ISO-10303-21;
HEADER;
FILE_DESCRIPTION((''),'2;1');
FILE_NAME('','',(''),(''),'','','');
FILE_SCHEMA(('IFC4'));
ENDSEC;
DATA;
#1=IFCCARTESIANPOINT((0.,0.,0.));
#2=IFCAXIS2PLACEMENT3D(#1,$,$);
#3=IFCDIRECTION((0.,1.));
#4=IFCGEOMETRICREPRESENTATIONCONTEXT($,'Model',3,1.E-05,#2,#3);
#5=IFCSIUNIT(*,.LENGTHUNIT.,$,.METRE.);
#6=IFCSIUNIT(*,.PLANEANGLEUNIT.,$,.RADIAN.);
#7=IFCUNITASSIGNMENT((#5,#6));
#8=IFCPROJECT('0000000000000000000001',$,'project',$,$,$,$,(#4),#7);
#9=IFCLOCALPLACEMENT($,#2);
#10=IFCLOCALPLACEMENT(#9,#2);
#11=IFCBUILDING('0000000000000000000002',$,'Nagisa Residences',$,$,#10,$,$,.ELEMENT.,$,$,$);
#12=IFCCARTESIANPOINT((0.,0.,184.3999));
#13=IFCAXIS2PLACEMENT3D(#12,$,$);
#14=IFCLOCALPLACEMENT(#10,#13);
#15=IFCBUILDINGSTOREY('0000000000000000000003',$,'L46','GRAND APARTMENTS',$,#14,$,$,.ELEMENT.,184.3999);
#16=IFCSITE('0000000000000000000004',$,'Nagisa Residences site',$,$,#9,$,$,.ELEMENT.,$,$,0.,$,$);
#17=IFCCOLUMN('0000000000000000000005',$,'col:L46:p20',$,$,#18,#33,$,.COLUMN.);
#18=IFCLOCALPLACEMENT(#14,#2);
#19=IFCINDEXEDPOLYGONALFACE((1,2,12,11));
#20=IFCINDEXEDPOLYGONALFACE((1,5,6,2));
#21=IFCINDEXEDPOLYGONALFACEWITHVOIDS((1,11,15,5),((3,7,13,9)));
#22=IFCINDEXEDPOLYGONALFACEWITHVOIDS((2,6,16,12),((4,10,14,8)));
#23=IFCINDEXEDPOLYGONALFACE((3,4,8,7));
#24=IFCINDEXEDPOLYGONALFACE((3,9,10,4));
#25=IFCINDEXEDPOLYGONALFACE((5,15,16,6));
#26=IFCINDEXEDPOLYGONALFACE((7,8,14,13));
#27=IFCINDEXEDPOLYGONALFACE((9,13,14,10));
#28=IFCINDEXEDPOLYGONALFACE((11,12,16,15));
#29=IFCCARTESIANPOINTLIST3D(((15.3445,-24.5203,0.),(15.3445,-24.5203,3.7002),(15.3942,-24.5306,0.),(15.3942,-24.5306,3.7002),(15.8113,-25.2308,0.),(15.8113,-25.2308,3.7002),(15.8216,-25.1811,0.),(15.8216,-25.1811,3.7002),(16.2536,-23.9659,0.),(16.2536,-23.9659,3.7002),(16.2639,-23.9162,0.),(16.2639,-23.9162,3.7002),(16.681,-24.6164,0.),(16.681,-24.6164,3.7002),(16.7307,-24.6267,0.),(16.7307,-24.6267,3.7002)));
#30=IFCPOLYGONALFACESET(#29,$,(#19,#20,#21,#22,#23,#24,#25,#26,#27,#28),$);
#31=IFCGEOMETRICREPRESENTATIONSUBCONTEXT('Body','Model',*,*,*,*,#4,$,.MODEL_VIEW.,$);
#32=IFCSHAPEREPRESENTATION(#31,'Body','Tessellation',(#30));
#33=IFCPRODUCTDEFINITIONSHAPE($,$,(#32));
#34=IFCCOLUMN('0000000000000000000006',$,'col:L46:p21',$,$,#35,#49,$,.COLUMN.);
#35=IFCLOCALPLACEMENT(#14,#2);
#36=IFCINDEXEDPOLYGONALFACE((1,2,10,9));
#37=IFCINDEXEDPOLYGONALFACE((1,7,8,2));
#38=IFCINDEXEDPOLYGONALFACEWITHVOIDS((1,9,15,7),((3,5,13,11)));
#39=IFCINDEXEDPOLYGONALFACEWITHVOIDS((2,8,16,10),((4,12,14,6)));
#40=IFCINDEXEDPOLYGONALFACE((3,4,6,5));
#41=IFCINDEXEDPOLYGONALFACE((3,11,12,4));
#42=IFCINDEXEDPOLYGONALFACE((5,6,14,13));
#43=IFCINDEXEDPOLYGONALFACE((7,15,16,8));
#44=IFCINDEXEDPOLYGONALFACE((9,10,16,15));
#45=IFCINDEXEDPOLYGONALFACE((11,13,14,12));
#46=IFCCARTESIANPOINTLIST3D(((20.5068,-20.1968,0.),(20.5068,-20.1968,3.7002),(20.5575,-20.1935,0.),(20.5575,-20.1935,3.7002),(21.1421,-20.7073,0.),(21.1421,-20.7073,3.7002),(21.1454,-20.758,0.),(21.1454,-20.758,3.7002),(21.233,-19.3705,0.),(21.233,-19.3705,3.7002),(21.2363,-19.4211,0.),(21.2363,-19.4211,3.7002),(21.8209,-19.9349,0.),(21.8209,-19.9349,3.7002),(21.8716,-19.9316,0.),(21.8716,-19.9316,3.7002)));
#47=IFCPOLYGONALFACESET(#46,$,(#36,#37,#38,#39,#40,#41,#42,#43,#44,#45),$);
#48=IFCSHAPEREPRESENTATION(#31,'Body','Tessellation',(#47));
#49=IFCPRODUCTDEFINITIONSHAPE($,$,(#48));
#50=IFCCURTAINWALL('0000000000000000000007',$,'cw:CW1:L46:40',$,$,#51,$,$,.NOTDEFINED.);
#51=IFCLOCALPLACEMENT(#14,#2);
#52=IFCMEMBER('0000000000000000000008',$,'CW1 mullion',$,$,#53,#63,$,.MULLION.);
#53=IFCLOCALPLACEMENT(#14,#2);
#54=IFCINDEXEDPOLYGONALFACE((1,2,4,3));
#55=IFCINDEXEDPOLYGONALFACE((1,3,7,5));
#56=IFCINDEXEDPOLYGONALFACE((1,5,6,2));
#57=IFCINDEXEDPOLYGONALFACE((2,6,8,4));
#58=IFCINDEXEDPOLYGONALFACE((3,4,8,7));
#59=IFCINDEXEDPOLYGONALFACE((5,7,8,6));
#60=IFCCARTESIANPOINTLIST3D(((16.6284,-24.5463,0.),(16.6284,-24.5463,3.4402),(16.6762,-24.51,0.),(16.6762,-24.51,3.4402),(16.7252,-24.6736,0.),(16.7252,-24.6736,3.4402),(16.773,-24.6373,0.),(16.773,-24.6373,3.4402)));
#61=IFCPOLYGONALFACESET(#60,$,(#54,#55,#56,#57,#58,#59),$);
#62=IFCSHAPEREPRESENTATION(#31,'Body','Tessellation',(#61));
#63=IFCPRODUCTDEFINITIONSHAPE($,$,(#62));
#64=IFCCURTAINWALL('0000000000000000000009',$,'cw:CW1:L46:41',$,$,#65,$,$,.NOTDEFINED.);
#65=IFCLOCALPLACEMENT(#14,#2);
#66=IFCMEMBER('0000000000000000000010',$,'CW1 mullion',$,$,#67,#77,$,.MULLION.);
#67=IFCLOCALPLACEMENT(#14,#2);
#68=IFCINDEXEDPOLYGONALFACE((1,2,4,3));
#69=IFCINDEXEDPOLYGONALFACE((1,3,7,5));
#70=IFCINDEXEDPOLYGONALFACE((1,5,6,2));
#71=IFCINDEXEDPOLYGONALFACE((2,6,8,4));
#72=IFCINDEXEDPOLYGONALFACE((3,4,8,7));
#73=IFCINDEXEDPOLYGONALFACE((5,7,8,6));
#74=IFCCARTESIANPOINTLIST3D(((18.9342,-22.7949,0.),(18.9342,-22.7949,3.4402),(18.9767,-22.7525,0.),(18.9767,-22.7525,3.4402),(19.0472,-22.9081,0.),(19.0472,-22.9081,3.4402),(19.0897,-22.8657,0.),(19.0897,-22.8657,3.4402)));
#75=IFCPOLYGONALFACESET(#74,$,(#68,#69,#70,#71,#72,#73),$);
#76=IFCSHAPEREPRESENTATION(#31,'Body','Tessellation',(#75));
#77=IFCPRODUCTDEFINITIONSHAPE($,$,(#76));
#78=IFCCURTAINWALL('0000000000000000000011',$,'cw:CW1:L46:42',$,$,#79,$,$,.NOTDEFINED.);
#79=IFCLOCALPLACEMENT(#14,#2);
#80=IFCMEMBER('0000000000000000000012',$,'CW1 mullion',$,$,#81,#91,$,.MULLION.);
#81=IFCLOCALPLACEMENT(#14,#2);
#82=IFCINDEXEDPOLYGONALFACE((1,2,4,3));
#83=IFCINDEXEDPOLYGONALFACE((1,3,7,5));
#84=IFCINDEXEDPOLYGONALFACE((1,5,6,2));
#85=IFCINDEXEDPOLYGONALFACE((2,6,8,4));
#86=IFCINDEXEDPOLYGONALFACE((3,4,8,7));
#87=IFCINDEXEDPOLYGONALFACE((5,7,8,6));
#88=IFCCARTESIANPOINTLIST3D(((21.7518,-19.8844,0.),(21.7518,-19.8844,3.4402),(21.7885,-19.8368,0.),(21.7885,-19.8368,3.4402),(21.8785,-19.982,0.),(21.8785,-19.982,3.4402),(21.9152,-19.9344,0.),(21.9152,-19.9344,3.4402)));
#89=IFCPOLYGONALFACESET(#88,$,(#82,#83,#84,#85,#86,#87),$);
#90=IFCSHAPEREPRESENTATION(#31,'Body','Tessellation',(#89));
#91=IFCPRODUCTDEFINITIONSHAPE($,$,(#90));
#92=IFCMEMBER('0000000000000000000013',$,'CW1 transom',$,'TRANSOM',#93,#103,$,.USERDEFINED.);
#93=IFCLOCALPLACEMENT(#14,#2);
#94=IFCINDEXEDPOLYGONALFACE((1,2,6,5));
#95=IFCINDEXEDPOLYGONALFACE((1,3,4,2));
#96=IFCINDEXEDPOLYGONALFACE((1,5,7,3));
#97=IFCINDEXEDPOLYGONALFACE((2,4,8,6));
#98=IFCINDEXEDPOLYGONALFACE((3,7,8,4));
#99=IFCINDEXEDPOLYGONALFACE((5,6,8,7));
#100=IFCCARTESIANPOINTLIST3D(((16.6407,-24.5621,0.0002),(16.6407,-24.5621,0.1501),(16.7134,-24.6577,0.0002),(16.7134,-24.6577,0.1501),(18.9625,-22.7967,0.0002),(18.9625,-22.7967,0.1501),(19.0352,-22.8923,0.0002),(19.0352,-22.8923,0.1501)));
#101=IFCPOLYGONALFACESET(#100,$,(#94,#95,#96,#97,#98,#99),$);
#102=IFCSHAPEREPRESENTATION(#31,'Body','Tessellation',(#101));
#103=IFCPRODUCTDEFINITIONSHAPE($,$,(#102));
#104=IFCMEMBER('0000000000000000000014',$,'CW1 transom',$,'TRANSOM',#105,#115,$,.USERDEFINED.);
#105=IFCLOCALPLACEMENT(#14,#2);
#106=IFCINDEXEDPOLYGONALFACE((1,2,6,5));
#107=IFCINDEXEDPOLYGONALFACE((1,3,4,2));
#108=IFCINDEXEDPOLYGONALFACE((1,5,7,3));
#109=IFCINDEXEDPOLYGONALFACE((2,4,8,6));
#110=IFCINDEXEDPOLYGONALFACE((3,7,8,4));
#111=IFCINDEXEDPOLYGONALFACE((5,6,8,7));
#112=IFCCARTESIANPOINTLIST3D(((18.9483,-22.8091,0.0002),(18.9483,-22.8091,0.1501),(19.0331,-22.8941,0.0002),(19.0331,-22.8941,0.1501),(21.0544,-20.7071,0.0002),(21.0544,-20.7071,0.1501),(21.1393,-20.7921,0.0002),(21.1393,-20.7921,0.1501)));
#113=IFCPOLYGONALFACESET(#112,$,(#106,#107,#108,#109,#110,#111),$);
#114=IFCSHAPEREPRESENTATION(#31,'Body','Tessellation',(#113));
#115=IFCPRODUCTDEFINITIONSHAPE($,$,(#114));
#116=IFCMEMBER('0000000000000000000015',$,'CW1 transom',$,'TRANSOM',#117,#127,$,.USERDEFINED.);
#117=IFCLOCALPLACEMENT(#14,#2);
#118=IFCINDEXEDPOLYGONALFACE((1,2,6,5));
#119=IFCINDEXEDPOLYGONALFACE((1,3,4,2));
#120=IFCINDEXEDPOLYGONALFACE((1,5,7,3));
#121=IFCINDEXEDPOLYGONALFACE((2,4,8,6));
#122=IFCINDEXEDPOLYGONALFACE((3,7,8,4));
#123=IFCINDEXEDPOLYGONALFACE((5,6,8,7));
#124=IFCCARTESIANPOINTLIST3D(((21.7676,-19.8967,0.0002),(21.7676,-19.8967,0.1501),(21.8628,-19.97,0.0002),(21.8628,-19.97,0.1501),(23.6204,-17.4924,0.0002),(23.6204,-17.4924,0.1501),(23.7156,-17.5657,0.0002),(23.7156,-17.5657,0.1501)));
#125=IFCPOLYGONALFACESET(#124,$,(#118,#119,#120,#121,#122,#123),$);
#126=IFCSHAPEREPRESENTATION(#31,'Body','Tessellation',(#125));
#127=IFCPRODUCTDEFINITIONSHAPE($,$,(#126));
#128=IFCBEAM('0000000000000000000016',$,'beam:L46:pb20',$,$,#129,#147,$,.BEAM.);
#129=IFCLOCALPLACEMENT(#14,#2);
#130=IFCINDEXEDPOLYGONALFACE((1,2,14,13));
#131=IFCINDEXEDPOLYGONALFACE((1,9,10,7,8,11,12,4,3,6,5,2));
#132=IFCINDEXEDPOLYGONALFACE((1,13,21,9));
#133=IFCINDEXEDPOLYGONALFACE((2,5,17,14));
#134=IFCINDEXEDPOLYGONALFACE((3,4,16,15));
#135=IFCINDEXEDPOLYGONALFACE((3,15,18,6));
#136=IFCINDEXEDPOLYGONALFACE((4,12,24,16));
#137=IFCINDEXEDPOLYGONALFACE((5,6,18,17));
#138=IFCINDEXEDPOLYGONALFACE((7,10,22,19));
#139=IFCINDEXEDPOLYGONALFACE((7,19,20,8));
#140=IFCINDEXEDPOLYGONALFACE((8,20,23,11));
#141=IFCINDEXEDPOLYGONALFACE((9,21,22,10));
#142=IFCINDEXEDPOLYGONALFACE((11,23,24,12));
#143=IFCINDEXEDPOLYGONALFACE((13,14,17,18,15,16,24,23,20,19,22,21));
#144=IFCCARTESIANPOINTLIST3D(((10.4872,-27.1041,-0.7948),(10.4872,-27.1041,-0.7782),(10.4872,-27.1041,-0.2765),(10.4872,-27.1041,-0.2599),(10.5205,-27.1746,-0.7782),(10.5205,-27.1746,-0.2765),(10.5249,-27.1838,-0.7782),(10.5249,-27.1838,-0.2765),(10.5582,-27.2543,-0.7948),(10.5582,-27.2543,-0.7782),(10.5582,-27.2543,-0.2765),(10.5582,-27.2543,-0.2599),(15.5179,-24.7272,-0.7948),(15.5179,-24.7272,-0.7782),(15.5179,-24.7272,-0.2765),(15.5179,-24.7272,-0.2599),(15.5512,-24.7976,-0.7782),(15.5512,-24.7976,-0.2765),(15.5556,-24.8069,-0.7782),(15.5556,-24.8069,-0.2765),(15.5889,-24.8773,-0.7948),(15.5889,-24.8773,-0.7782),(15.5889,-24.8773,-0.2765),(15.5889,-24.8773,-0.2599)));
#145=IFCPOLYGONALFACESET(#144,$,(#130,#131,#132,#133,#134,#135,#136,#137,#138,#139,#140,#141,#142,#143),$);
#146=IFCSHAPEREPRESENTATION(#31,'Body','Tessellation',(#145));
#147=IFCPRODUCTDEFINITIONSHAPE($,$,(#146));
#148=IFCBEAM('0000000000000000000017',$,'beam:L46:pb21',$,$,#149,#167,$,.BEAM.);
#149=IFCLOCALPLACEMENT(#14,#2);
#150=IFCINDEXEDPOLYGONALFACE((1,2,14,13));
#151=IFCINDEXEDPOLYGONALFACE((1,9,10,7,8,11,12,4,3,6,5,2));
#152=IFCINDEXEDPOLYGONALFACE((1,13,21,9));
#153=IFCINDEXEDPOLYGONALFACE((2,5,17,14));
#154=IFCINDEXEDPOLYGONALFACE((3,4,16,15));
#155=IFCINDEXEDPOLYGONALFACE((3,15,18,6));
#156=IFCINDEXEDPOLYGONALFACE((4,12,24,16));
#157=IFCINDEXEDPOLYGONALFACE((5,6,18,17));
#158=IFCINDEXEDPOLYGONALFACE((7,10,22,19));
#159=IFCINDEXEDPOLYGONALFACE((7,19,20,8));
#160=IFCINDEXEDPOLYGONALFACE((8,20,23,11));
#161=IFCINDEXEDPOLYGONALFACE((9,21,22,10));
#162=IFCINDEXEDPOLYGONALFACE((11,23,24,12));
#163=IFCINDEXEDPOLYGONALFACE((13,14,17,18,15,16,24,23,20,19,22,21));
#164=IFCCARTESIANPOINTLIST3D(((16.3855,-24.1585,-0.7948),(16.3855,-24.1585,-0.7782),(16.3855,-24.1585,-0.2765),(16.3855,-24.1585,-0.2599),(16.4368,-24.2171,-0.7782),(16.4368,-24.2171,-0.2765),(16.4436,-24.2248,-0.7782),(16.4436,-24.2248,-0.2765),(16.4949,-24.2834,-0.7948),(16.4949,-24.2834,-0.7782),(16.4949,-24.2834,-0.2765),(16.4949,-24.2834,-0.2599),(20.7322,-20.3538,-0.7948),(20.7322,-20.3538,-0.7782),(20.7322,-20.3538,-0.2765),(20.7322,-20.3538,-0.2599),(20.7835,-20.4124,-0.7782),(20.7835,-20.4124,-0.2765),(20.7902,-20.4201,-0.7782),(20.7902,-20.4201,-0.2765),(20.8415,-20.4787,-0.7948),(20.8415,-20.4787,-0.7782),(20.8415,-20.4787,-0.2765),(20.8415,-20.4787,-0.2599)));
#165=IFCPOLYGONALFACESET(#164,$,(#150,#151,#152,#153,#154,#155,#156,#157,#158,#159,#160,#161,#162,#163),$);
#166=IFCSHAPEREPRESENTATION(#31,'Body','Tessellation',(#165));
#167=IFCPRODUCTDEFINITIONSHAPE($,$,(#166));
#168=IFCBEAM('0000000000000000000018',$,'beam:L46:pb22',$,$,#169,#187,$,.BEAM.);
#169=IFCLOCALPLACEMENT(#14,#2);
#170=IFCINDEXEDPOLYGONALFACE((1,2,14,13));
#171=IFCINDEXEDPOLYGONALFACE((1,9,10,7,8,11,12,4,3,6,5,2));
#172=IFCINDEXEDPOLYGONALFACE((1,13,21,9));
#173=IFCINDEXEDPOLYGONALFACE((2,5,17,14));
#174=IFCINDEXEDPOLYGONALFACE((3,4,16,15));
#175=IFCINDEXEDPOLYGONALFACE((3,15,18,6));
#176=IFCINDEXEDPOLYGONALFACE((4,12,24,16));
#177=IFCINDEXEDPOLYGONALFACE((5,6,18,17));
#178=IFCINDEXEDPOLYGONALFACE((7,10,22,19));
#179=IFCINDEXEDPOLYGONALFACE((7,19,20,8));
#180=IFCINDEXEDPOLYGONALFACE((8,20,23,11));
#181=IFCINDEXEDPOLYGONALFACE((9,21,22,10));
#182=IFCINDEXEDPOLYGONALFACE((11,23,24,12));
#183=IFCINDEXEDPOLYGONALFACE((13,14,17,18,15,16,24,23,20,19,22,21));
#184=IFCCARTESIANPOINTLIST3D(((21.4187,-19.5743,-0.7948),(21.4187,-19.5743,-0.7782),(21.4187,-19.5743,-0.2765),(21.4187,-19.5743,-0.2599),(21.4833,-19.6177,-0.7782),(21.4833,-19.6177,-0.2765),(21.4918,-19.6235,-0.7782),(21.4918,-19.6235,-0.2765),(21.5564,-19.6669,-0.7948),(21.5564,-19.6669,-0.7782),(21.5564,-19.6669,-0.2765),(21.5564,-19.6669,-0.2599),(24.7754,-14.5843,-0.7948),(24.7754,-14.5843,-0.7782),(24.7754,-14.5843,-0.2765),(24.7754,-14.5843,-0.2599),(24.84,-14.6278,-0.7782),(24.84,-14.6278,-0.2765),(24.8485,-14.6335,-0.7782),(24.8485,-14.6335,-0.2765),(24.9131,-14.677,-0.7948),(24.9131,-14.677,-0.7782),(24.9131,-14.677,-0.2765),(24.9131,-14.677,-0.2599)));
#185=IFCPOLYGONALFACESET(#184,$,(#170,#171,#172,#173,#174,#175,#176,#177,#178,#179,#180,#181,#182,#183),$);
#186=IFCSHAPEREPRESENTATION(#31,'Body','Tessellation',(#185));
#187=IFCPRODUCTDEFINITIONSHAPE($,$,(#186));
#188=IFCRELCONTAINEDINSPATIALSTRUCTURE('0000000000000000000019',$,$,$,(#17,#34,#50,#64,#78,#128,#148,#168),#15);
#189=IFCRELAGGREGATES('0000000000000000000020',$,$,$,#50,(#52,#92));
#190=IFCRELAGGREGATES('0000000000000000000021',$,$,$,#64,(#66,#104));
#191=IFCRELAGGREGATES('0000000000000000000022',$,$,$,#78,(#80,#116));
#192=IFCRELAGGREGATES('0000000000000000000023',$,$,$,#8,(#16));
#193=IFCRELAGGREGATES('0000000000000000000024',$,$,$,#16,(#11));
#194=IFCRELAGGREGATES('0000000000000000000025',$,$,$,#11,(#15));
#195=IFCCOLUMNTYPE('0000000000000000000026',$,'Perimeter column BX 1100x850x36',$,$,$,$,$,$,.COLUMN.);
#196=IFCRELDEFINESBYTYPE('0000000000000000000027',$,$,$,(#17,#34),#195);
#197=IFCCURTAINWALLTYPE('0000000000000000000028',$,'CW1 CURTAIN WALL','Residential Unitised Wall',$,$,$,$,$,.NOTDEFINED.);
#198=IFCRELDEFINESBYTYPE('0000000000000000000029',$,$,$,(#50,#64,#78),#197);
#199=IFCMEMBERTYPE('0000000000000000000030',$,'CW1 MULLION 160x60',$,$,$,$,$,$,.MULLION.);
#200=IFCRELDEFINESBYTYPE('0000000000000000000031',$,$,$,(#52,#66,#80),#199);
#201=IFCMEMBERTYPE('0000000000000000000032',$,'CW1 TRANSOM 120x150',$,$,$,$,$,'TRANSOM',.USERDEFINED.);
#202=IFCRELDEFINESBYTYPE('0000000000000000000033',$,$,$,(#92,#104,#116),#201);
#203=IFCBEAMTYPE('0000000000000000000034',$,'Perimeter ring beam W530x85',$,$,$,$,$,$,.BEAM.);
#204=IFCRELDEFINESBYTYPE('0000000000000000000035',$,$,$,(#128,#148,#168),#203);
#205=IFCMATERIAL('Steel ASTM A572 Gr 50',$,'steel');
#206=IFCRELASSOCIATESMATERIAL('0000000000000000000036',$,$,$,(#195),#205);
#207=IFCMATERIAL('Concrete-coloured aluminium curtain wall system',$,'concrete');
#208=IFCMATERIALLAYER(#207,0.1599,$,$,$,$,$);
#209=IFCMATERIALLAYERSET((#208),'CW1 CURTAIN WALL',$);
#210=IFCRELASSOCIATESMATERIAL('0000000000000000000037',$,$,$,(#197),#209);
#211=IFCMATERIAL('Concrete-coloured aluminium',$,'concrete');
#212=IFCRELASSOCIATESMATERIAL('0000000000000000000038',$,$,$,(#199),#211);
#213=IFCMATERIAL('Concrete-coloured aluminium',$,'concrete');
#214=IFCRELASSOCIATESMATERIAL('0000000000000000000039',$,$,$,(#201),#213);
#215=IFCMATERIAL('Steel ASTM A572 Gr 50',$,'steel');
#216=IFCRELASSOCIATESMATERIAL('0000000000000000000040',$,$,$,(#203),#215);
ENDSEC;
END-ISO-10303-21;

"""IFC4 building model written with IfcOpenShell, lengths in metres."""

from ifc_helpers import new_model, si_unit, direction, frame, origin, origin_2d, place, context, subcontext, project, spatial, rectangle, hollow_rectangle, i_section, extrude, material, layer, layer_set, material_profile, profile_set, type_object, element, aggregate, save


model = new_model("IFC4")

# Units and contexts
model_context = context("Model", 3, precision=1e-05, world=origin(), true_north=direction((0.0, 1.0)))
body_context = subcontext(model_context, "Body", "Model", "MODEL_VIEW")
ifc_project = project(units=[si_unit("LENGTHUNIT", "METRE"), si_unit("PLANEANGLEUNIT", "RADIAN")], contexts=[model_context])

# Site, building, storey
site_placement = place(None, origin())
site = spatial("IfcSite", under=ifc_project, at=site_placement, Name="Nagisa Residences site", CompositionType="ELEMENT", RefElevation=0.0)
building_placement = place(site_placement, origin())
building = spatial("IfcBuilding", under=site, at=building_placement, Name="Nagisa Residences", CompositionType="ELEMENT")
storey_placement = place(building_placement, frame((0.0, 0.0, 184.3999)))
storey = spatial("IfcBuildingStorey", under=building, at=storey_placement, Name="L46", Description="GRAND APARTMENTS", CompositionType="ELEMENT", Elevation=184.3999)

# Columns
ifc_material_1 = material(Name="Steel ASTM A572 Gr 50", Category="steel")
ifc_material_profile_1 = material_profile(ifc_material_1, hollow_rectangle(XDim=1.1001, YDim=0.8501, WallThickness=0.0359, at=origin_2d()), Name="BX 1100x850x36")
ifc_profile_set_1 = profile_set([ifc_material_profile_1], Name="Steel ASTM A572 Gr 50")
column_type = type_object("IfcColumnType", Name="Perimeter column BX 1100x850x36", PredefinedType="COLUMN", material=ifc_profile_set_1)
for number, where, z_axis, x_axis, name in (
    (1, (16.0376, -24.5735, 0.0), (0.0, 0.0, 1.0), (0.835766, 0.549086, 0.0), "col:L46:p20"),
    (2, (21.1892, -20.0642, 0.0), (0.0, 0.0, 1.0), (0.660115, 0.751165, 0.0), "col:L46:p21"),
):
    element("IfcColumn", number, at=place(storey_placement, frame(where, z_axis=z_axis, x_axis=x_axis)), inside=storey, type_object=column_type, Name=name, PredefinedType="COLUMN", context=body_context, shape_type="SweptSolid", body=[
        extrude(hollow_rectangle(XDim=1.1001, YDim=0.8501, WallThickness=0.0359, at=origin_2d()), origin(), (0.0, 0.0, 1.0), 3.7002),
    ])

# Curtain walls, members
ifc_material_2 = material(Name="Concrete-coloured aluminium curtain wall system", Category="concrete")
ifc_layer_1 = layer(ifc_material_2, 0.1599)
ifc_layer_set_1 = layer_set([ifc_layer_1], Name="CW1 CURTAIN WALL")
curtain_wall_type = type_object("IfcCurtainWallType", Name="CW1 CURTAIN WALL", Description="Residential Unitised Wall", PredefinedType="NOTDEFINED", material=ifc_layer_set_1)
curtain_wall_1_placement = place(storey_placement, origin())
curtain_wall_1 = element("IfcCurtainWall", 3, at=curtain_wall_1_placement, inside=storey, type_object=curtain_wall_type, Name="cw:CW1:L46:40", PredefinedType="NOTDEFINED")
ifc_material_3 = material(Name="Concrete-coloured aluminium", Category="concrete")
ifc_material_profile_2 = material_profile(ifc_material_3, rectangle(XDim=0.1599, YDim=0.0601, at=origin_2d()), Name="CW1 MULLION 160x60")
ifc_profile_set_2 = profile_set([ifc_material_profile_2], Name="Concrete-coloured aluminium")
member_type_1 = type_object("IfcMemberType", Name="CW1 MULLION 160x60", PredefinedType="MULLION", material=ifc_profile_set_2)
member_1_placement = place(storey_placement, frame((16.7007, -24.5918, 0.0), z_axis=(0.0, 0.0, 1.0), x_axis=(-0.605255, 0.796031, 0.0)))
member_1 = element("IfcMember", 4, at=member_1_placement, type_object=member_type_1, Name="CW1 mullion", PredefinedType="MULLION", context=body_context, shape_type="SweptSolid", body=[
    extrude(rectangle(XDim=0.1599, YDim=0.0601, at=origin_2d()), origin(), (0.0, 0.0, 1.0), 3.4402),
])
curtain_wall_2_placement = place(storey_placement, origin())
curtain_wall_2 = element("IfcCurtainWall", 5, at=curtain_wall_2_placement, inside=storey, type_object=curtain_wall_type, Name="cw:CW1:L46:41", PredefinedType="NOTDEFINED")
member_2_placement = place(storey_placement, frame((19.012, -22.8303, 0.0), z_axis=(0.0, 0.0, 1.0), x_axis=(-0.706377, 0.707836, 0.0)))
member_2 = element("IfcMember", 6, at=member_2_placement, type_object=member_type_1, Name="CW1 mullion", PredefinedType="MULLION", context=body_context, shape_type="SweptSolid", body=[
    extrude(rectangle(XDim=0.1599, YDim=0.0601, at=origin_2d()), origin(), (0.0, 0.0, 1.0), 3.4402),
])
curtain_wall_3_placement = place(storey_placement, origin())
curtain_wall_3 = element("IfcCurtainWall", 7, at=curtain_wall_3_placement, inside=storey, type_object=curtain_wall_type, Name="cw:CW1:L46:42", PredefinedType="NOTDEFINED")
member_3_placement = place(storey_placement, frame((21.8335, -19.9094, 0.0), z_axis=(0.0, 0.0, 1.0), x_axis=(-0.79207, 0.61043, 0.0)))
member_3 = element("IfcMember", 8, at=member_3_placement, type_object=member_type_1, Name="CW1 mullion", PredefinedType="MULLION", context=body_context, shape_type="SweptSolid", body=[
    extrude(rectangle(XDim=0.1599, YDim=0.0601, at=origin_2d()), origin(), (0.0, 0.0, 1.0), 3.4402),
])

# Members
ifc_material_4 = material(Name="Concrete-coloured aluminium", Category="concrete")
ifc_material_profile_3 = material_profile(ifc_material_4, rectangle(XDim=0.1201, YDim=0.1499, at=origin_2d()), Name="CW1 TRANSOM 120x150")
ifc_profile_set_3 = profile_set([ifc_material_profile_3], Name="Concrete-coloured aluminium")
member_type_2 = type_object("IfcMemberType", Name="CW1 TRANSOM 120x150", ElementType="TRANSOM", PredefinedType="USERDEFINED", material=ifc_profile_set_3)
member_4_placement = place(storey_placement, frame((16.677, -24.6099, 0.0752), z_axis=(0.796025, 0.605264, 0.0), x_axis=(-0.605264, 0.796025, 0.0)))
member_4 = element("IfcMember", 9, at=member_4_placement, type_object=member_type_2, Name="CW1 transom", ObjectType="TRANSOM", PredefinedType="USERDEFINED", context=body_context, shape_type="SweptSolid", body=[
    extrude(rectangle(XDim=0.1201, YDim=0.1499, at=origin_2d()), origin(), (0.0, 0.0, 1.0), 2.9167),
])
member_5_placement = place(storey_placement, frame((18.9907, -22.8516, 0.0752), z_axis=(0.707804, 0.706409, 0.0), x_axis=(-0.706409, 0.707804, 0.0)))
member_5 = element("IfcMember", 10, at=member_5_placement, type_object=member_type_2, Name="CW1 transom", ObjectType="TRANSOM", PredefinedType="USERDEFINED", context=body_context, shape_type="SweptSolid", body=[
    extrude(rectangle(XDim=0.1201, YDim=0.1499, at=origin_2d()), origin(), (0.0, 0.0, 1.0), 2.9756),
])
member_6_placement = place(storey_placement, frame((21.8152, -19.9333, 0.0752), z_axis=(0.610399, 0.792094, 0.0), x_axis=(-0.792094, 0.610399, 0.0)))
member_6 = element("IfcMember", 11, at=member_6_placement, type_object=member_type_2, Name="CW1 transom", ObjectType="TRANSOM", PredefinedType="USERDEFINED", context=body_context, shape_type="SweptSolid", body=[
    extrude(rectangle(XDim=0.1201, YDim=0.1499, at=origin_2d()), origin(), (0.0, 0.0, 1.0), 3.0354),
])

# Beams
ifc_material_5 = material(Name="Steel ASTM A572 Gr 50", Category="steel")
ifc_material_profile_4 = material_profile(ifc_material_5, i_section(OverallWidth=0.166, OverallDepth=0.5349, WebThickness=0.0103, FlangeThickness=0.0166, at=origin_2d()), Name="W530x85")
ifc_profile_set_4 = profile_set([ifc_material_profile_4], Name="Steel ASTM A572 Gr 50")
beam_type_1 = type_object("IfcBeamType", Name="Perimeter ring beam W530x85", PredefinedType="BEAM", material=ifc_profile_set_4)
beam_1_placement = place(storey_placement, frame((10.5227, -27.1792, -0.5273), z_axis=(0.904157, 0.4272, 0.0), x_axis=(-0.4272, 0.904157, 0.0)))
element("IfcBeam", 12, at=beam_1_placement, inside=storey, type_object=beam_type_1, Name="beam:L46:pb20", PredefinedType="BEAM", context=body_context, shape_type="SweptSolid", body=[
    extrude(i_section(OverallWidth=0.166, OverallDepth=0.5349, WebThickness=0.0103, FlangeThickness=0.0166, at=origin_2d()), origin(), (0.0, 0.0, 1.0), 5.564),
])
beam_2_placement = place(storey_placement, frame((16.4402, -24.2209, -0.5273), z_axis=(0.752461, 0.658636, 0.0), x_axis=(-0.658636, 0.752461, 0.0)))
element("IfcBeam", 13, at=beam_2_placement, inside=storey, type_object=beam_type_1, Name="beam:L46:pb21", PredefinedType="BEAM", context=body_context, shape_type="SweptSolid", body=[
    extrude(i_section(OverallWidth=0.166, OverallDepth=0.5349, WebThickness=0.0103, FlangeThickness=0.0166, at=origin_2d()), origin(), (0.0, 0.0, 1.0), 5.7766),
])
beam_3_placement = place(storey_placement, frame((21.4875, -19.6206, -0.5273), z_axis=(0.558152, 0.829739, 0.0), x_axis=(-0.829739, 0.558152, 0.0)))
element("IfcBeam", 14, at=beam_3_placement, inside=storey, type_object=beam_type_1, Name="beam:L46:pb22", PredefinedType="BEAM", context=body_context, shape_type="SweptSolid", body=[
    extrude(i_section(OverallWidth=0.166, OverallDepth=0.5349, WebThickness=0.0103, FlangeThickness=0.0166, at=origin_2d()), origin(), (0.0, 0.0, 1.0), 6.0139),
])

aggregate(curtain_wall_1, [member_1, member_4])
aggregate(curtain_wall_2, [member_2, member_5])
aggregate(curtain_wall_3, [member_3, member_6])

save(model, "model.ifc")
